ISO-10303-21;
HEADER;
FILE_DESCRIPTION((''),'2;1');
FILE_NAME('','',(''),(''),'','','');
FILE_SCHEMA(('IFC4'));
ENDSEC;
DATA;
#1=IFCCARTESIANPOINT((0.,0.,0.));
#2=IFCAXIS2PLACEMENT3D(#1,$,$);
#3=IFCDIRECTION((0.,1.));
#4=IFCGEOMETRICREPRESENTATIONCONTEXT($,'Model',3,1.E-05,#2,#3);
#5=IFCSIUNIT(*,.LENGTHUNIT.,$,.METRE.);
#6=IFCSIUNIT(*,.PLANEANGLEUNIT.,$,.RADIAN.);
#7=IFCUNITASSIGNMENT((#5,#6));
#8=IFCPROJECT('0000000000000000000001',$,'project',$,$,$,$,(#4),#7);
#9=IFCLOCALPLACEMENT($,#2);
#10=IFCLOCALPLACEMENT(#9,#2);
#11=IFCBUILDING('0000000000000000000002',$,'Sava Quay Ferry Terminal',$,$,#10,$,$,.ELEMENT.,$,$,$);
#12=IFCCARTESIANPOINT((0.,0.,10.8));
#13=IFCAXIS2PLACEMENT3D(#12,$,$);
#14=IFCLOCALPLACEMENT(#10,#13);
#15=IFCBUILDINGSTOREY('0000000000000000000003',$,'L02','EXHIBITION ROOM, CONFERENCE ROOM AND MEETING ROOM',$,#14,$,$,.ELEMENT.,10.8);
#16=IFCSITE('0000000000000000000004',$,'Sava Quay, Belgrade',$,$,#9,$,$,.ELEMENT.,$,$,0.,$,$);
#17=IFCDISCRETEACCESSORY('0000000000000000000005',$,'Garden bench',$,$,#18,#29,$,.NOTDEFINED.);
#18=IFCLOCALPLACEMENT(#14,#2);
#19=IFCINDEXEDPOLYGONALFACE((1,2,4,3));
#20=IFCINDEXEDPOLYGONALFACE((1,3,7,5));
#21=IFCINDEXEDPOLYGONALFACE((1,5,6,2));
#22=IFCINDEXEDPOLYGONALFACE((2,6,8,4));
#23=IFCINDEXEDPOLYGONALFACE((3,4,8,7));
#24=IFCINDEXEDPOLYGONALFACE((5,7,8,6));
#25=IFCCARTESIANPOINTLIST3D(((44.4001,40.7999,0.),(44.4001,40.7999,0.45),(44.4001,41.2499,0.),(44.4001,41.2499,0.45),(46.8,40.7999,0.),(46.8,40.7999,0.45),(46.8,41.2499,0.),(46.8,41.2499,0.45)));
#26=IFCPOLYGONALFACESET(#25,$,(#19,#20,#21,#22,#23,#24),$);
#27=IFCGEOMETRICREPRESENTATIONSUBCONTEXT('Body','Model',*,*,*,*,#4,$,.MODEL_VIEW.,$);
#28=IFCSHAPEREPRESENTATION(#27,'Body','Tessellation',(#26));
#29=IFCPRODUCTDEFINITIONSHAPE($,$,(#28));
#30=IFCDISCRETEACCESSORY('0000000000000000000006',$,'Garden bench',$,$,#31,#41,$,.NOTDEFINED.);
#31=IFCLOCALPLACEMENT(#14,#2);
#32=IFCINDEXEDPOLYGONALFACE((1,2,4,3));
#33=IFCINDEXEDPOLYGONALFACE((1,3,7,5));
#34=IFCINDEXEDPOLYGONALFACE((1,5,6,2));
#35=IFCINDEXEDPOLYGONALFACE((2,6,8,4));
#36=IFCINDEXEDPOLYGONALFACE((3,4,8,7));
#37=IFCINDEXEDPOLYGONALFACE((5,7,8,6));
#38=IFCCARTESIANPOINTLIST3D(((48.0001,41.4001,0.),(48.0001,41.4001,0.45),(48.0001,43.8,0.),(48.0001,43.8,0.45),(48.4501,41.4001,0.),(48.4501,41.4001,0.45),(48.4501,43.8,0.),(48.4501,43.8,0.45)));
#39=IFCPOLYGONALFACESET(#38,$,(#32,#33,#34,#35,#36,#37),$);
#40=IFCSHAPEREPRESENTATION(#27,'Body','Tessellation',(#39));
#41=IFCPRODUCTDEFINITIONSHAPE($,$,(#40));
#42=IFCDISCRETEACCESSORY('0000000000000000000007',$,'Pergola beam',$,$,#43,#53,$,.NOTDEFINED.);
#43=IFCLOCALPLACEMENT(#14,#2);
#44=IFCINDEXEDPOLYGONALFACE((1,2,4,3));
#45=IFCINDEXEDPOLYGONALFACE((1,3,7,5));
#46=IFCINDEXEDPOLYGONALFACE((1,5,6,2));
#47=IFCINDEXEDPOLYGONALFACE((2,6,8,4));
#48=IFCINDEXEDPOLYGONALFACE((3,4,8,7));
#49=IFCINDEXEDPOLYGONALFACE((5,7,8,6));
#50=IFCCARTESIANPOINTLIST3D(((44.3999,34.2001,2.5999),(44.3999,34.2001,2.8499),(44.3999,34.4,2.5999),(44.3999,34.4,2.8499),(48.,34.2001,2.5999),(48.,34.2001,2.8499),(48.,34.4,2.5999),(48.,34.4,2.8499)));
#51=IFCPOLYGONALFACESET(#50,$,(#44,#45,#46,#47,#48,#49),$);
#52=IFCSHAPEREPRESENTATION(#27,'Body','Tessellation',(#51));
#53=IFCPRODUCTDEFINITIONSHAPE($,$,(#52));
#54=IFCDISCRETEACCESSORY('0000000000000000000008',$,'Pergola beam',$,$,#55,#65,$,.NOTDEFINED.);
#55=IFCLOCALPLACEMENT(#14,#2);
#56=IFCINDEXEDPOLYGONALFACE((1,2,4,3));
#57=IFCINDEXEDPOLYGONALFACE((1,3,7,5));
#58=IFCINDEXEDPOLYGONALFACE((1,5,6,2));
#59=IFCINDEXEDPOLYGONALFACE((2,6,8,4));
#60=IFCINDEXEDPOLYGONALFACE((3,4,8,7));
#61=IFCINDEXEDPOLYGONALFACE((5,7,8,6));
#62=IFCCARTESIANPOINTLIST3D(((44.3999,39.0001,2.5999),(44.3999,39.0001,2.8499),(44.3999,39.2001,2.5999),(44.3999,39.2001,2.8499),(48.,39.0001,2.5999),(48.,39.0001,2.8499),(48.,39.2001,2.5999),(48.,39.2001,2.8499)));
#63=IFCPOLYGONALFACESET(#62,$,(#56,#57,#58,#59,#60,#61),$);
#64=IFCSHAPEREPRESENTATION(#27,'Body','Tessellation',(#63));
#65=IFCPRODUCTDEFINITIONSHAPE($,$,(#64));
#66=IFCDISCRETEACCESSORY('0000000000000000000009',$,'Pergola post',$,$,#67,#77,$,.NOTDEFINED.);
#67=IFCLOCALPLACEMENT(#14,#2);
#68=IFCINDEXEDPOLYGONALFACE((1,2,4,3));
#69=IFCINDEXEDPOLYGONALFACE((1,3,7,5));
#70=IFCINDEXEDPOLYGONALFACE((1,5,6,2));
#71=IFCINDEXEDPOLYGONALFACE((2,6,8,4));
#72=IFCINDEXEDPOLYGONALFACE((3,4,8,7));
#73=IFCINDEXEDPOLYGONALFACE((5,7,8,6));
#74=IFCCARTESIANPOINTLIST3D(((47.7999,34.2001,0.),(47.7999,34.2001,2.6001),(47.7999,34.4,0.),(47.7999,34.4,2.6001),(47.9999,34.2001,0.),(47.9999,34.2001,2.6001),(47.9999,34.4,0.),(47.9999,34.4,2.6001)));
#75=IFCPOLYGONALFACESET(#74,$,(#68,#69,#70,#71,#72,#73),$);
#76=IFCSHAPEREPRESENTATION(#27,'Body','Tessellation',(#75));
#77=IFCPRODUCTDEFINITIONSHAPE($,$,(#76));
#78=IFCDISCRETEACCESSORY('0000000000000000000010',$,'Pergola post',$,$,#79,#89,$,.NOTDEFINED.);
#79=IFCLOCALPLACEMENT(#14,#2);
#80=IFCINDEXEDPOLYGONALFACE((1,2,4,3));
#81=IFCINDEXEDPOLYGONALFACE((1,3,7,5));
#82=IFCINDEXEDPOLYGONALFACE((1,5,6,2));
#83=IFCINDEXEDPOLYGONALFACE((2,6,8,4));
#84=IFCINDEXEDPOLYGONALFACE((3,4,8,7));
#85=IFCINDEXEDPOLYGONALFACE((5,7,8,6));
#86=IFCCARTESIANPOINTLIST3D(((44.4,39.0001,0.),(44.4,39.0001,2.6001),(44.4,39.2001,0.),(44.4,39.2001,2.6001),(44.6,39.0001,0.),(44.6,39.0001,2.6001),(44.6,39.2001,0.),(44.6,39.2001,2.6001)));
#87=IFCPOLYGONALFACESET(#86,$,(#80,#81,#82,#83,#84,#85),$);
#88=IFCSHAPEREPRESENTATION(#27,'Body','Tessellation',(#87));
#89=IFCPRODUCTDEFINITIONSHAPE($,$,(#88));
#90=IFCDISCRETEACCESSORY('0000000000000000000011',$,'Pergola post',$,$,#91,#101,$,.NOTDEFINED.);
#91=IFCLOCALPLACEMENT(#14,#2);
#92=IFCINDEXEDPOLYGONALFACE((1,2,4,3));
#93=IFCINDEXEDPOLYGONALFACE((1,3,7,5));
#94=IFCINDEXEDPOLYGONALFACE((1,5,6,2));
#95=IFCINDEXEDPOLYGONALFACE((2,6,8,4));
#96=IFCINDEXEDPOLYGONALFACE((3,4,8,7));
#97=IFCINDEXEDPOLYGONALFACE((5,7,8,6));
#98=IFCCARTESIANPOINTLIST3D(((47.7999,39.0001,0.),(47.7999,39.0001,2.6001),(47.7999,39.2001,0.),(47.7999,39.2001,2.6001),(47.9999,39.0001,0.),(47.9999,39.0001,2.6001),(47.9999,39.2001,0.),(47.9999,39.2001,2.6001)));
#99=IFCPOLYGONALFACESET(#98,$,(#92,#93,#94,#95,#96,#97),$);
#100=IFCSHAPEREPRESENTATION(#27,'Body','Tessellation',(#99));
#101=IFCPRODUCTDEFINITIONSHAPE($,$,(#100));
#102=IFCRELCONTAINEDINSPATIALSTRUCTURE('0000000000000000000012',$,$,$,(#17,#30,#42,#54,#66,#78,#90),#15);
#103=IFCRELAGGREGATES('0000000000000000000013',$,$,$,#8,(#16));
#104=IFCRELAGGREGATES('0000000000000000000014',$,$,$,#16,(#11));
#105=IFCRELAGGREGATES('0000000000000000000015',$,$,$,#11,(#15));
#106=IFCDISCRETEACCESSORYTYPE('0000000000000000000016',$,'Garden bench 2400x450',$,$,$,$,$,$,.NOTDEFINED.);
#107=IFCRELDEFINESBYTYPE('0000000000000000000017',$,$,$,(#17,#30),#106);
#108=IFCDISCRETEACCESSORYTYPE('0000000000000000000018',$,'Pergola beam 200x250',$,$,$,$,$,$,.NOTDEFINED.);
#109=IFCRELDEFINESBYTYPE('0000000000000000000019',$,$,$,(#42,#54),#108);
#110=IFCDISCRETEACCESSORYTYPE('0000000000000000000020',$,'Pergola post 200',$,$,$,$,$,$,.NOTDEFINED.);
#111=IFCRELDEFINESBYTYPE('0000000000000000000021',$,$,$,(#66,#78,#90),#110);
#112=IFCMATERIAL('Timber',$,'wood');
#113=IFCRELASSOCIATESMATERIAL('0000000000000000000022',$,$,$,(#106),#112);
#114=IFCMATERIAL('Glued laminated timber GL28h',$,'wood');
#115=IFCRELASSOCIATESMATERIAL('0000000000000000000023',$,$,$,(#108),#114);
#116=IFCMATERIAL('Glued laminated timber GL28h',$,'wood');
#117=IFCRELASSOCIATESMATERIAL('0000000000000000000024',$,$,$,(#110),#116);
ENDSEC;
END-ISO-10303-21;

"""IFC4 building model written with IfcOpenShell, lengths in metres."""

from ifc_helpers import new_model, si_unit, direction, frame, origin, origin_2d, place, context, subcontext, project, spatial, rectangle, extrude, material, type_object, element, save


model = new_model("IFC4")

# Units and contexts
model_context = context("Model", 3, precision=1e-05, world=origin(), true_north=direction((0.0, 1.0)))
body_context = subcontext(model_context, "Body", "Model", "MODEL_VIEW")
ifc_project = project(units=[si_unit("LENGTHUNIT", "METRE"), si_unit("PLANEANGLEUNIT", "RADIAN")], contexts=[model_context])

# Site, building, storey
site_placement = place(None, origin())
site = spatial("IfcSite", under=ifc_project, at=site_placement, Name="Sava Quay, Belgrade", CompositionType="ELEMENT", RefElevation=0.0)
building_placement = place(site_placement, origin())
building = spatial("IfcBuilding", under=site, at=building_placement, Name="Sava Quay Ferry Terminal", CompositionType="ELEMENT")
storey_placement = place(building_placement, frame((0.0, 0.0, 10.8)))
storey = spatial("IfcBuildingStorey", under=building, at=storey_placement, Name="L02", Description="EXHIBITION ROOM, CONFERENCE ROOM AND MEETING ROOM", CompositionType="ELEMENT", Elevation=10.8)

# Discrete accessories
ifc_material_1 = material(Name="Timber", Category="wood")
discrete_accessory_type_1 = type_object("IfcDiscreteAccessoryType", Name="Garden bench 2400x450", PredefinedType="NOTDEFINED", material=ifc_material_1)
discrete_accessory_1_placement = place(storey_placement, frame((45.6001, 41.0249, 0.0), z_axis=(0.0, 0.0, 1.0), x_axis=(1.0, 0.0, 0.0)))
element("IfcDiscreteAccessory", 1, at=discrete_accessory_1_placement, inside=storey, type_object=discrete_accessory_type_1, Name="Garden bench", PredefinedType="NOTDEFINED", context=body_context, shape_type="SweptSolid", body=[
    extrude(rectangle(XDim=2.3999, YDim=0.45, at=origin_2d()), origin(), (0.0, 0.0, 1.0), 0.45),
])
discrete_accessory_2_placement = place(storey_placement, frame((48.2251, 42.6001, 0.0), z_axis=(0.0, 0.0, 1.0), x_axis=(1.0, 0.0, 0.0)))
element("IfcDiscreteAccessory", 2, at=discrete_accessory_2_placement, inside=storey, type_object=discrete_accessory_type_1, Name="Garden bench", PredefinedType="NOTDEFINED", context=body_context, shape_type="SweptSolid", body=[
    extrude(rectangle(XDim=0.45, YDim=2.3999, at=origin_2d()), origin(), (0.0, 0.0, 1.0), 0.45),
])
ifc_material_2 = material(Name="Glued laminated timber GL28h", Category="wood")
discrete_accessory_type_2 = type_object("IfcDiscreteAccessoryType", Name="Pergola beam 200x250", PredefinedType="NOTDEFINED", material=ifc_material_2)
for number, where, z_axis, x_axis, name in (
    (3, (46.2, 34.3, 2.5999), (0.0, 0.0, 1.0), (1.0, 0.0, 0.0), "Pergola beam"),
    (4, (46.2, 39.1001, 2.5999), (0.0, 0.0, 1.0), (1.0, 0.0, 0.0), "Pergola beam"),
):
    element("IfcDiscreteAccessory", number, at=place(storey_placement, frame(where, z_axis=z_axis, x_axis=x_axis)), inside=storey, type_object=discrete_accessory_type_2, Name=name, PredefinedType="NOTDEFINED", context=body_context, shape_type="SweptSolid", body=[
        extrude(rectangle(XDim=3.6001, YDim=0.2, at=origin_2d()), origin(), (0.0, 0.0, 1.0), 0.25),
    ])
ifc_material_3 = material(Name="Glued laminated timber GL28h", Category="wood")
discrete_accessory_type_3 = type_object("IfcDiscreteAccessoryType", Name="Pergola post 200", PredefinedType="NOTDEFINED", material=ifc_material_3)
for number, where, z_axis, x_axis, name in (
    (5, (47.8999, 34.3, 0.0), (0.0, 0.0, 1.0), (1.0, 0.0, 0.0), "Pergola post"),
    (6, (44.5, 39.1001, 0.0), (0.0, 0.0, 1.0), (1.0, 0.0, 0.0), "Pergola post"),
    (7, (47.8999, 39.1001, 0.0), (0.0, 0.0, 1.0), (1.0, 0.0, 0.0), "Pergola post"),
):
    element("IfcDiscreteAccessory", number, at=place(storey_placement, frame(where, z_axis=z_axis, x_axis=x_axis)), inside=storey, type_object=discrete_accessory_type_3, Name=name, PredefinedType="NOTDEFINED", context=body_context, shape_type="SweptSolid", body=[
        extrude(rectangle(XDim=0.2, YDim=0.2, at=origin_2d()), origin(), (0.0, 0.0, 1.0), 2.6001),
    ])

save(model, "model.ifc")
